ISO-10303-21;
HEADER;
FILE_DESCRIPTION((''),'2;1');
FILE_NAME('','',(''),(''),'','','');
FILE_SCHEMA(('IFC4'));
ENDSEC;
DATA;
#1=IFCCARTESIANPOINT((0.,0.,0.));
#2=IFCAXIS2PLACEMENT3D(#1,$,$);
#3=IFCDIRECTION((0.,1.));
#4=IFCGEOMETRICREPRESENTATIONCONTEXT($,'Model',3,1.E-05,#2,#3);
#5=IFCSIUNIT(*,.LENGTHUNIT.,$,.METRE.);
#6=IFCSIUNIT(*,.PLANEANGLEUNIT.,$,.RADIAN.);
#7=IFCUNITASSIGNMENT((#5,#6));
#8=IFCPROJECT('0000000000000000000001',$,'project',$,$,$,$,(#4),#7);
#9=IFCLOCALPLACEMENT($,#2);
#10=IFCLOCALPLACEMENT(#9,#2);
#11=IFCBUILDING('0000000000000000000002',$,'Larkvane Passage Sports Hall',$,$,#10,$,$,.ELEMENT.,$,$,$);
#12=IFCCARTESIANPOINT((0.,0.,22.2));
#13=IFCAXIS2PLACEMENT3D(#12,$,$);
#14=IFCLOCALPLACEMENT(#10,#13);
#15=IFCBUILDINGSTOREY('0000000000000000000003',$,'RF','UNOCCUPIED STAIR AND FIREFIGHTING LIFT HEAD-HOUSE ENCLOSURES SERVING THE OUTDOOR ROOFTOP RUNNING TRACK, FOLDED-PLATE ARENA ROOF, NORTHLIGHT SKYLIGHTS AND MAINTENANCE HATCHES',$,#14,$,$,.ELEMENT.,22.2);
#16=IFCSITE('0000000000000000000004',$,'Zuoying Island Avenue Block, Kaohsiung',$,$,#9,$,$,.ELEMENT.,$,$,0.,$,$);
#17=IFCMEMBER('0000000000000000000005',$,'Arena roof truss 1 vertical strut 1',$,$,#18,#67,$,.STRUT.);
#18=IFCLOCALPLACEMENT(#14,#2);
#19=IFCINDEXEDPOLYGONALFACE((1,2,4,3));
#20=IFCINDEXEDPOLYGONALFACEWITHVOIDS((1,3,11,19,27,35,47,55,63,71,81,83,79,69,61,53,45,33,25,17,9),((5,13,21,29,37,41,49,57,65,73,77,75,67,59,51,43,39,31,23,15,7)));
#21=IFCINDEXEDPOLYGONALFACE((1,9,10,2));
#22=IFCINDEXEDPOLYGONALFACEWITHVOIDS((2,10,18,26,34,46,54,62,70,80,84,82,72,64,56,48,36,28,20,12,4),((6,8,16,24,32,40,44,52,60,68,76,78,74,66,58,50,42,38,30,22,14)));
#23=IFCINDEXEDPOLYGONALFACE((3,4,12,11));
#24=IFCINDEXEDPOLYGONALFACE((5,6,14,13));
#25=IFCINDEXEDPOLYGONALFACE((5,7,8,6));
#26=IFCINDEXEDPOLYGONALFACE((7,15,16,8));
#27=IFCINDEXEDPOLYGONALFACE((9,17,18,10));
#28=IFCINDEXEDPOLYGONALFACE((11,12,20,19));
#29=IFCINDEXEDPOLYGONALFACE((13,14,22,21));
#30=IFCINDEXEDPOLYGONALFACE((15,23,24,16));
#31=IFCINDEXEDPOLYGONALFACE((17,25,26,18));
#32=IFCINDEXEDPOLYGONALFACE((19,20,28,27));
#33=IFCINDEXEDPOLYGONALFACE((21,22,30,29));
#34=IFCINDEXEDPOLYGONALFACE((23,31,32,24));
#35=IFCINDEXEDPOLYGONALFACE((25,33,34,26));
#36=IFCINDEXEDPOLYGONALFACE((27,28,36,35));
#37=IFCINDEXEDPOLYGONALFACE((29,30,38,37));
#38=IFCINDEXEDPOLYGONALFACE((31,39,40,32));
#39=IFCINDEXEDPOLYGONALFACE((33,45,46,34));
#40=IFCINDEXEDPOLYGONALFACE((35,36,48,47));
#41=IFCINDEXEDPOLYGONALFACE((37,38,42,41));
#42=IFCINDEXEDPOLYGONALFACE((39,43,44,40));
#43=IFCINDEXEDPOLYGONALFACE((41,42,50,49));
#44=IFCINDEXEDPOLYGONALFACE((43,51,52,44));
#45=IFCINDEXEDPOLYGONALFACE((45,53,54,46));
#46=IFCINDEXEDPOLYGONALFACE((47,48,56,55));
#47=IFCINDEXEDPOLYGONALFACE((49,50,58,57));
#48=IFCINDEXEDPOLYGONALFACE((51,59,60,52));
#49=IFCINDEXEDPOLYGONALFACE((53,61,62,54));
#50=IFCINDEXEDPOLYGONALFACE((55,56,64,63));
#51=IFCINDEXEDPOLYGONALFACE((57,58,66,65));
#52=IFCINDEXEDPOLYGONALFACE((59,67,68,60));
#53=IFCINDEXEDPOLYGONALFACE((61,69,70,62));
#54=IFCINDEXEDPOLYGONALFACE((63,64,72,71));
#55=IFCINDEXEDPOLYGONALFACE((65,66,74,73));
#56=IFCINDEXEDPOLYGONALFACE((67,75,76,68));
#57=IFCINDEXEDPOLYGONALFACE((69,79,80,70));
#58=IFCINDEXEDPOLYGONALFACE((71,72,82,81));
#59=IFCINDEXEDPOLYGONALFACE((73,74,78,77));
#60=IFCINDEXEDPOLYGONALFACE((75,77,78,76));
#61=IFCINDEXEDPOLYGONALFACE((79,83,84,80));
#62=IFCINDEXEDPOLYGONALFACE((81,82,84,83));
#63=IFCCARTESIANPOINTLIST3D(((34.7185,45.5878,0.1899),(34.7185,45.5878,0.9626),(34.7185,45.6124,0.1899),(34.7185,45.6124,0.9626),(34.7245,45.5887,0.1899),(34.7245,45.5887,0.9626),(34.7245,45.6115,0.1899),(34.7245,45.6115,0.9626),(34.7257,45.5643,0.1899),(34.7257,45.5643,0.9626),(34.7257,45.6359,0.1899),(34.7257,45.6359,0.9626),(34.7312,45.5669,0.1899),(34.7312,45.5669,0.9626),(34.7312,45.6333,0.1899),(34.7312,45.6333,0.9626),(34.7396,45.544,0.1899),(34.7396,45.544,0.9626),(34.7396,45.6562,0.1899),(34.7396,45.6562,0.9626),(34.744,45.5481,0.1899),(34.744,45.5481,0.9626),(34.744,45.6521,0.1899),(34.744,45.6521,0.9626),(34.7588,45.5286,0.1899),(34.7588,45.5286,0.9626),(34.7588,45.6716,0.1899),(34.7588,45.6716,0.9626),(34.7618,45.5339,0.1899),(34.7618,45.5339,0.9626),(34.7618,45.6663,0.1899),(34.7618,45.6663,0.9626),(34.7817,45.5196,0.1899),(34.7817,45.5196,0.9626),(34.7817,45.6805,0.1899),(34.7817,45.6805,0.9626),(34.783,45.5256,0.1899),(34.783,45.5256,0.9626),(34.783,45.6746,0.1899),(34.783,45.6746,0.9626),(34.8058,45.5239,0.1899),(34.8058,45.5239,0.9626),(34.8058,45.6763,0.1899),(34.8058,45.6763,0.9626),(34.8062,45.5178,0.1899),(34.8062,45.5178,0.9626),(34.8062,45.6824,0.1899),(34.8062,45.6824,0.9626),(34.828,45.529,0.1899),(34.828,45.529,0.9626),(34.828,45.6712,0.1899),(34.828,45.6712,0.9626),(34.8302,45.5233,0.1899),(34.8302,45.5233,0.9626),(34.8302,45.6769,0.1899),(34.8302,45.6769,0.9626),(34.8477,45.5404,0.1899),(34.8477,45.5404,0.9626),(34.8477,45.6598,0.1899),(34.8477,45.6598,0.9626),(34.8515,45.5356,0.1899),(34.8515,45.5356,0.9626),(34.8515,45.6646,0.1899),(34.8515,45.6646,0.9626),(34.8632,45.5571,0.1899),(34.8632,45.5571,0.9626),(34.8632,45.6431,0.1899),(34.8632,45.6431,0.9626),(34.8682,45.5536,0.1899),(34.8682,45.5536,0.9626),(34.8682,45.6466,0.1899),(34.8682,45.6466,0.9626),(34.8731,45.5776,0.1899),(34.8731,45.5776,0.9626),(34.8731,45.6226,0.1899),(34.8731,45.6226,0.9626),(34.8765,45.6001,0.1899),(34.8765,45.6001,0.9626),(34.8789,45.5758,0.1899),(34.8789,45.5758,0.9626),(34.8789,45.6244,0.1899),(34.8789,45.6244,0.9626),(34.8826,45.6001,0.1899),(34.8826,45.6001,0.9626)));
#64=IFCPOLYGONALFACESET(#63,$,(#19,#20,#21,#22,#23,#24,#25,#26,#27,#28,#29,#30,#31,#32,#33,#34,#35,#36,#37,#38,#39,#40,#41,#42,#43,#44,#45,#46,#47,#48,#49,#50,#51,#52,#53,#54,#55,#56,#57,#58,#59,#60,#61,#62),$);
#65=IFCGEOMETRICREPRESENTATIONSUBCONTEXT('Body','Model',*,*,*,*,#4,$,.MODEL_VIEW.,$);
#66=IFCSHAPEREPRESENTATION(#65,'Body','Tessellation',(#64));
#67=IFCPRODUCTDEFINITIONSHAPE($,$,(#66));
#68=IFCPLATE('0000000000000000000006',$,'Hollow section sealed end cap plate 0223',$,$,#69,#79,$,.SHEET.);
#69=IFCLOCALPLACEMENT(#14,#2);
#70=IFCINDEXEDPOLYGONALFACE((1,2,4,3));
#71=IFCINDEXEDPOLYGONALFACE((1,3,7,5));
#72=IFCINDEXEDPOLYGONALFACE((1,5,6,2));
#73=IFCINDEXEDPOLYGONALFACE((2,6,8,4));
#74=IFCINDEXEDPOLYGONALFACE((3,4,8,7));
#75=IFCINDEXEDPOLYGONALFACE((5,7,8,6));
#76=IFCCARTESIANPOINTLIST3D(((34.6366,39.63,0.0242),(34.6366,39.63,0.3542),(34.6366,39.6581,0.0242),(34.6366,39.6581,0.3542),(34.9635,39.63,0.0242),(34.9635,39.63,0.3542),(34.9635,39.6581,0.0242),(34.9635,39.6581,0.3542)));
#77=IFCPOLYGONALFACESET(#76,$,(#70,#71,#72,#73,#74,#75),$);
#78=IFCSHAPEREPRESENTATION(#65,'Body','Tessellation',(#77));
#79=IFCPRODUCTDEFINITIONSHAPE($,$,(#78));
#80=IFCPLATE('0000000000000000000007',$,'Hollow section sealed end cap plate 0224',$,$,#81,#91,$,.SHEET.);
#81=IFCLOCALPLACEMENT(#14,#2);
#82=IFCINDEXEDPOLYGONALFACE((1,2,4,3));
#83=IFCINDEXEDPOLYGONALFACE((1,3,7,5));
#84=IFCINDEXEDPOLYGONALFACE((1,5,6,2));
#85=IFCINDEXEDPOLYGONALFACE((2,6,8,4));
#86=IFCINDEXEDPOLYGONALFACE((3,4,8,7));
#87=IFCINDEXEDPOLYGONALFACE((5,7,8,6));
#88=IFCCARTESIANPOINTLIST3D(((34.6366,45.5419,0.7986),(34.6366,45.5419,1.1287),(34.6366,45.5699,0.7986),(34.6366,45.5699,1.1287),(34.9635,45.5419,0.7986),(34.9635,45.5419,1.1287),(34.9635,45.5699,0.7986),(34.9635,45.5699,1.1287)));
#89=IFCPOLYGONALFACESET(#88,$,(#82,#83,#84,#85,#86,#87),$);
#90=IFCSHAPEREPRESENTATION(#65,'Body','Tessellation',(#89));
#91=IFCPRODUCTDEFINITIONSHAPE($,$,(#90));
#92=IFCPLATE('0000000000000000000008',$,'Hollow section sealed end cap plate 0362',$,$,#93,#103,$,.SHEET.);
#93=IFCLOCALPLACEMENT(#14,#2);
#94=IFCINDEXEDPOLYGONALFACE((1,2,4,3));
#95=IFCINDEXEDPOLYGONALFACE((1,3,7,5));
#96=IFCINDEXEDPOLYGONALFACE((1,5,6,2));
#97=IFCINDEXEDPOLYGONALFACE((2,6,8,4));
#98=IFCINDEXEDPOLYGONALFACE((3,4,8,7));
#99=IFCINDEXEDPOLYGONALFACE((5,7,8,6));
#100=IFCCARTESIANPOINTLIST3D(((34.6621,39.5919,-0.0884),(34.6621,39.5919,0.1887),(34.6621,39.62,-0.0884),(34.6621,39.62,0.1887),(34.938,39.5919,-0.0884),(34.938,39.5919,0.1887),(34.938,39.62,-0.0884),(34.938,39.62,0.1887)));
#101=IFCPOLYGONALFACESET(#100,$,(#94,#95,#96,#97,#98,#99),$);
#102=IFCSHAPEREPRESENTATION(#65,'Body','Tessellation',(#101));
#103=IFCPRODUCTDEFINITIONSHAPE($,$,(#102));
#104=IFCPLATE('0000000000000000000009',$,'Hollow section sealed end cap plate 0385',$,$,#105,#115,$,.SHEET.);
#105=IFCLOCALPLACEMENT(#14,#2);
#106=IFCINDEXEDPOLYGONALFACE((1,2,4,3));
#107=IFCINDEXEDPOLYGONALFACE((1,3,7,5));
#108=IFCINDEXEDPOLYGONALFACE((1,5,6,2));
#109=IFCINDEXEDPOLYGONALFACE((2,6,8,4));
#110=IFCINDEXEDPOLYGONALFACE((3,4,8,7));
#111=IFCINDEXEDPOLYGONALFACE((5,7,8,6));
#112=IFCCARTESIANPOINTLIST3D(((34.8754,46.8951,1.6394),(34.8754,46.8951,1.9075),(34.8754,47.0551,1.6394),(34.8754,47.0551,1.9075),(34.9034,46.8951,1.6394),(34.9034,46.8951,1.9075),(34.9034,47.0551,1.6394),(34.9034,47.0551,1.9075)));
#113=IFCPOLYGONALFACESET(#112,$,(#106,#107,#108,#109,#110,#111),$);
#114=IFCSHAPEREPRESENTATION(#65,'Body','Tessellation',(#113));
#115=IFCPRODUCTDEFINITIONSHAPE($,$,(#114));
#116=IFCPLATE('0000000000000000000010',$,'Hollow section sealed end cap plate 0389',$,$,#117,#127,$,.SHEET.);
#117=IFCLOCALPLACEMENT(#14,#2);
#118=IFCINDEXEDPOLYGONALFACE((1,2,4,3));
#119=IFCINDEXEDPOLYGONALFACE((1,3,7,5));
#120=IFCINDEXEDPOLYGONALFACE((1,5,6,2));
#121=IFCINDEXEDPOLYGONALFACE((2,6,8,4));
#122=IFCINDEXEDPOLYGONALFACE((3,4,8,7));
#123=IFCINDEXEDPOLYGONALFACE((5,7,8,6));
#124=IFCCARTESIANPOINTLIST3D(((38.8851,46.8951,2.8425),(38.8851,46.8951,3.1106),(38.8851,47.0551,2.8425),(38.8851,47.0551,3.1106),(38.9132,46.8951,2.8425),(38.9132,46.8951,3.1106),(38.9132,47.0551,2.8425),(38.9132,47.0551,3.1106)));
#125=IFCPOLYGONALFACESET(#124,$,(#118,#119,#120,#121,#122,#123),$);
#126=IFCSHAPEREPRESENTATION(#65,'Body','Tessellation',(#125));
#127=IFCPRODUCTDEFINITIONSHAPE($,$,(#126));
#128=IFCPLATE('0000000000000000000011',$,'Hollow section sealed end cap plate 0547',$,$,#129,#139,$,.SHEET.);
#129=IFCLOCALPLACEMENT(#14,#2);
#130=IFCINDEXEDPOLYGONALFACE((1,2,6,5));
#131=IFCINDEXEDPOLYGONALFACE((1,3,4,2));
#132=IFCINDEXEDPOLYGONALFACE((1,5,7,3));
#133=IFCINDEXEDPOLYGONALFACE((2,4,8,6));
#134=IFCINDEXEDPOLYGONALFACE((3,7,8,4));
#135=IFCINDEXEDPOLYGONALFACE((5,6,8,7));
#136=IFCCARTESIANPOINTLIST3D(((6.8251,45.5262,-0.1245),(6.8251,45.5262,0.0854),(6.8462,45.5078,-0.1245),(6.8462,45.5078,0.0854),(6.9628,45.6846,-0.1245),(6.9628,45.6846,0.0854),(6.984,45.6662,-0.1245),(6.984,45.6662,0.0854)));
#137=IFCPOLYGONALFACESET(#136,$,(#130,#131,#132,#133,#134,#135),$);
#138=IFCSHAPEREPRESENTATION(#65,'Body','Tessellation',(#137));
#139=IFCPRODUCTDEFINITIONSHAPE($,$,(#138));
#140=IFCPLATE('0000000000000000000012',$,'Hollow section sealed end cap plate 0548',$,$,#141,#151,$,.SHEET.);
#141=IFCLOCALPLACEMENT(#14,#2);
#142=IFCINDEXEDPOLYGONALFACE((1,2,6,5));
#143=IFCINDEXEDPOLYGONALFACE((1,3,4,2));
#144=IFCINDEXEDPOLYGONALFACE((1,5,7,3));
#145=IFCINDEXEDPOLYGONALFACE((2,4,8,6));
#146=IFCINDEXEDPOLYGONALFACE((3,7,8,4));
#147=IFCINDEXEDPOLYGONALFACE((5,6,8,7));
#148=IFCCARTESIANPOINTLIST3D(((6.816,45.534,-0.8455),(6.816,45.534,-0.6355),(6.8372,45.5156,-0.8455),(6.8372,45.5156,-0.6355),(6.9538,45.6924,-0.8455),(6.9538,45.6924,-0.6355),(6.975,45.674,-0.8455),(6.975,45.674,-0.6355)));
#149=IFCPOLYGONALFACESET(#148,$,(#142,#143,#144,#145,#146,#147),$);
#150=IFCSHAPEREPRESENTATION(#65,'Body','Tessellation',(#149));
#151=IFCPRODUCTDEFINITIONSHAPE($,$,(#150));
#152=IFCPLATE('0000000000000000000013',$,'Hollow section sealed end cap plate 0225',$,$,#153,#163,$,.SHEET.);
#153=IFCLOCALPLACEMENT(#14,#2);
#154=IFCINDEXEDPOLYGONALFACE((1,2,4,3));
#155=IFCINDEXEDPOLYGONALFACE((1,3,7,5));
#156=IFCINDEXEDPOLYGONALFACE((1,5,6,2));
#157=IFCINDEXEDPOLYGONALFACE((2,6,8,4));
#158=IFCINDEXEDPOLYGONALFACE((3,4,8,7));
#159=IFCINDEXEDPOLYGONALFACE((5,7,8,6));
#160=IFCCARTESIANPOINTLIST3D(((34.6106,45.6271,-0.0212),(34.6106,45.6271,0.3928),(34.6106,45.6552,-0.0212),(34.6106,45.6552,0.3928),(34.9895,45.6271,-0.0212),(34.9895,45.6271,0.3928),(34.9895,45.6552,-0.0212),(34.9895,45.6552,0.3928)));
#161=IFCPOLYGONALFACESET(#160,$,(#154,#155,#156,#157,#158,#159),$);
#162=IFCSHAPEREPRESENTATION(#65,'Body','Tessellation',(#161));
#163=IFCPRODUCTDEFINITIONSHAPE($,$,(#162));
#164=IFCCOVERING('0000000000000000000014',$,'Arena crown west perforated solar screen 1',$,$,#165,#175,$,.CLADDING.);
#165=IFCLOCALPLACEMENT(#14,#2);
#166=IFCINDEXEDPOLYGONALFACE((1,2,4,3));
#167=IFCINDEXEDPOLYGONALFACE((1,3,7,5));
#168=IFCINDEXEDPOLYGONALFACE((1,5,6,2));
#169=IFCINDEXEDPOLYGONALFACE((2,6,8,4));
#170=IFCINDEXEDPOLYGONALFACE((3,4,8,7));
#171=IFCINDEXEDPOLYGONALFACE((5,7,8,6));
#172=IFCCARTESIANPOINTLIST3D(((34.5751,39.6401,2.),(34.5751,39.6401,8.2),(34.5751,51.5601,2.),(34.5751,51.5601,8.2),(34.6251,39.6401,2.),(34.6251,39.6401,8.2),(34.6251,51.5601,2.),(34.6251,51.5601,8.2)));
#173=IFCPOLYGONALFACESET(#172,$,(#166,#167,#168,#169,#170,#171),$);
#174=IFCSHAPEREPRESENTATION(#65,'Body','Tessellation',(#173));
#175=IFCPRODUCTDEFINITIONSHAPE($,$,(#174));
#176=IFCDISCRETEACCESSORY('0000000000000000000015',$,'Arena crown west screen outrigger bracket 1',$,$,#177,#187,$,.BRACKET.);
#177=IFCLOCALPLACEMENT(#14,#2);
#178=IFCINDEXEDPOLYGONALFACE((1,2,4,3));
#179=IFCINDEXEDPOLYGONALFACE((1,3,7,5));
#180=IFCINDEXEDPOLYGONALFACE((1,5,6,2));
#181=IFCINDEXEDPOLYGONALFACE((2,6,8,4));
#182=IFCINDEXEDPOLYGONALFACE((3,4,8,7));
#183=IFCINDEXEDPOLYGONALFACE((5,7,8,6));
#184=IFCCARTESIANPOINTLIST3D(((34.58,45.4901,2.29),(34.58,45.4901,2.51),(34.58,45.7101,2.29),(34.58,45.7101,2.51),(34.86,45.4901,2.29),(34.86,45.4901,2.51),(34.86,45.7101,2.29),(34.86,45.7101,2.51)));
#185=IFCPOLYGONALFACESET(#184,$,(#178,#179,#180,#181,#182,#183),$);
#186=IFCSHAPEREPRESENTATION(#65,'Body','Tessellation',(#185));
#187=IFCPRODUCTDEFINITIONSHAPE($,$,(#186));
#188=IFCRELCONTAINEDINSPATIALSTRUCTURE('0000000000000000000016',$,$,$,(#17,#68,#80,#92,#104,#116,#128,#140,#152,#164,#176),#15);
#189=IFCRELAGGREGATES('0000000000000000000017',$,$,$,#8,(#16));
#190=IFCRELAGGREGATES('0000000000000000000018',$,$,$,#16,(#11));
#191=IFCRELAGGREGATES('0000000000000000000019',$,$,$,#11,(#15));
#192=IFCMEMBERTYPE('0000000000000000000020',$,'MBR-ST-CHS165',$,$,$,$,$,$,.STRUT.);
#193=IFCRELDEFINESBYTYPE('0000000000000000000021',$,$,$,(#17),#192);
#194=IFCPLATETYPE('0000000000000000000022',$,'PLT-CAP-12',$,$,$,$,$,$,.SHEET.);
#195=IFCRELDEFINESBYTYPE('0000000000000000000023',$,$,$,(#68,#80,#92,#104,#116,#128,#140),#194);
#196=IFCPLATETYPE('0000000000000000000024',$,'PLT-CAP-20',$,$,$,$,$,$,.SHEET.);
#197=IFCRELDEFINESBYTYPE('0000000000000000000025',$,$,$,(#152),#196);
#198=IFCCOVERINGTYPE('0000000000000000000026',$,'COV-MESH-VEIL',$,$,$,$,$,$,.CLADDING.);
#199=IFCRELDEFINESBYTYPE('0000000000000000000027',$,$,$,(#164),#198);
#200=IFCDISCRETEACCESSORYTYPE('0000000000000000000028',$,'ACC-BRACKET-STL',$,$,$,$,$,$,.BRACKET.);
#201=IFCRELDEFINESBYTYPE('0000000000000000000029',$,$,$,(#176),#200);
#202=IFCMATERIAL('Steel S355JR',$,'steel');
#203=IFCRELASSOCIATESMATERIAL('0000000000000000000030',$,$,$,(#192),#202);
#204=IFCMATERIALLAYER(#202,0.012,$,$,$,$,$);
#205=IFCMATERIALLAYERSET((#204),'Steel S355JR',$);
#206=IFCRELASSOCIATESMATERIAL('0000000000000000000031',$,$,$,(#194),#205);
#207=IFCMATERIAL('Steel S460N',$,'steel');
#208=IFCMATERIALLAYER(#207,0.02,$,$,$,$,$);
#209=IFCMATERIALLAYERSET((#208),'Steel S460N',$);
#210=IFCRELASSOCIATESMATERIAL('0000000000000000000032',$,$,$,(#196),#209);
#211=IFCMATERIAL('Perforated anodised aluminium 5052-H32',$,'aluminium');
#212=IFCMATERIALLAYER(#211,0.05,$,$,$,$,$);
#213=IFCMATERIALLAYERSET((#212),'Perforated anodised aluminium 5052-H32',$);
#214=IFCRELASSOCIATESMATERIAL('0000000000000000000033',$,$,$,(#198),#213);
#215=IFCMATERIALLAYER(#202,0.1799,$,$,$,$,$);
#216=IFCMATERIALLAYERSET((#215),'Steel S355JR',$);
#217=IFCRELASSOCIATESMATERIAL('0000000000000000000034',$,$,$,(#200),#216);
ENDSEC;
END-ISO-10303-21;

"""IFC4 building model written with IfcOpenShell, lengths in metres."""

from ifc_helpers import new_model, si_unit, direction, frame, origin, origin_2d, place, context, subcontext, project, spatial, rectangle, hollow_circle, extrude, material, layer, layer_set, material_profile, profile_set, type_object, element, save


model = new_model("IFC4")

# Units and contexts
model_context = context("Model", 3, precision=1e-05, world=origin(), true_north=direction((0.0, 1.0)))
body_context = subcontext(model_context, "Body", "Model", "MODEL_VIEW")
ifc_project = project(units=[si_unit("LENGTHUNIT", "METRE"), si_unit("PLANEANGLEUNIT", "RADIAN")], contexts=[model_context])

# Site, building, storey
site_placement = place(None, origin())
site = spatial("IfcSite", under=ifc_project, at=site_placement, Name="Zuoying Island Avenue Block, Kaohsiung", CompositionType="ELEMENT", RefElevation=0.0)
building_placement = place(site_placement, origin())
building = spatial("IfcBuilding", under=site, at=building_placement, Name="Larkvane Passage Sports Hall", CompositionType="ELEMENT")
storey_placement = place(building_placement, frame((0.0, 0.0, 22.2)))
storey = spatial("IfcBuildingStorey", under=building, at=storey_placement, Name="RF", Description="UNOCCUPIED STAIR AND FIREFIGHTING LIFT HEAD-HOUSE ENCLOSURES SERVING THE OUTDOOR ROOFTOP RUNNING TRACK, FOLDED-PLATE ARENA ROOF, NORTHLIGHT SKYLIGHTS AND MAINTENANCE HATCHES", CompositionType="ELEMENT", Elevation=22.2)

# Member
ifc_material_1 = material(Name="Steel S355JR", Category="steel")
ifc_material_2 = material(Name="Steel S460N", Category="steel")
ifc_material_profile_1 = material_profile(ifc_material_1, hollow_circle(Radius=0.0825, WallThickness=0.0061, at=origin_2d()), Name="CHS-165.2x6.0")
ifc_profile_set_1 = profile_set([ifc_material_profile_1], Name="Steel S355JR")
member_type_1 = type_object("IfcMemberType", Name="MBR-ST-CHS165", PredefinedType="STRUT", material=ifc_profile_set_1)
member_1_placement = place(storey_placement, frame((34.8, 45.6001, 0.1899), z_axis=(0.0, 0.0, 1.0), x_axis=(1.0, 0.0, 0.0)))
element("IfcMember", 1, at=member_1_placement, inside=storey, type_object=member_type_1, Name="Arena roof truss 1 vertical strut 1", PredefinedType="STRUT", context=body_context, shape_type="SweptSolid", body=[
    extrude(hollow_circle(Radius=0.0825, WallThickness=0.0061, at=origin_2d()), origin(), (0.0, 0.0, 1.0), 0.7727),
])

# Plates
ifc_layer_1 = layer(ifc_material_1, 0.012)
ifc_layer_set_1 = layer_set([ifc_layer_1], Name="Steel S355JR")
plate_type_1 = type_object("IfcPlateType", Name="PLT-CAP-12", PredefinedType="SHEET", material=ifc_layer_set_1)
for number, where, z_axis, x_axis, name in (
    (2, (34.8, 39.644, 0.0242), (0.0, 0.0, 1.0), (-1.0, 0.0, 0.0), "Hollow section sealed end cap plate 0223"),
    (3, (34.8, 45.5559, 0.7986), (0.0, 0.0, 1.0), (-1.0, 0.0, 0.0), "Hollow section sealed end cap plate 0224"),
):
    element("IfcPlate", number, at=place(storey_placement, frame(where, z_axis=z_axis, x_axis=x_axis)), inside=storey, type_object=plate_type_1, Name=name, PredefinedType="SHEET", context=body_context, shape_type="SweptSolid", body=[
        extrude(rectangle(XDim=0.3269, YDim=0.0281, at=origin_2d()), origin(), (0.0, 0.0, 1.0), 0.3301),
    ])
plate_1_placement = place(storey_placement, frame((34.8, 39.606, -0.0884), z_axis=(0.0, 0.0, 1.0), x_axis=(-1.0, 0.0, 0.0)))
element("IfcPlate", 4, at=plate_1_placement, inside=storey, type_object=plate_type_1, Name="Hollow section sealed end cap plate 0362", PredefinedType="SHEET", context=body_context, shape_type="SweptSolid", body=[
    extrude(rectangle(XDim=0.2759, YDim=0.0281, at=origin_2d()), origin(), (0.0, 0.0, 1.0), 0.2771),
])
for number, where, z_axis, x_axis, name in (
    (5, (34.8894, 46.9751, 1.6394), (0.0, 0.0, 1.0), (0.0, 1.0, 0.0), "Hollow section sealed end cap plate 0385"),
    (6, (38.8992, 46.9751, 2.8425), (0.0, 0.0, 1.0), (0.0, 1.0, 0.0), "Hollow section sealed end cap plate 0389"),
):
    element("IfcPlate", number, at=place(storey_placement, frame(where, z_axis=z_axis, x_axis=x_axis)), inside=storey, type_object=plate_type_1, Name=name, PredefinedType="SHEET", context=body_context, shape_type="SweptSolid", body=[
        extrude(rectangle(XDim=0.1599, YDim=0.0281, at=origin_2d()), origin(), (0.0, 0.0, 1.0), 0.2681),
    ])
for number, where, z_axis, x_axis, name in (
    (7, (6.9045, 45.5962, -0.1245), (0.0, 0.0, 1.0), (0.656191, 0.754595, 0.0), "Hollow section sealed end cap plate 0547"),
    (8, (6.8955, 45.604, -0.8455), (0.0, 0.0, 1.0), (0.656191, 0.754595, 0.0), "Hollow section sealed end cap plate 0548"),
):
    element("IfcPlate", number, at=place(storey_placement, frame(where, z_axis=z_axis, x_axis=x_axis)), inside=storey, type_object=plate_type_1, Name=name, PredefinedType="SHEET", context=body_context, shape_type="SweptSolid", body=[
        extrude(rectangle(XDim=0.21, YDim=0.0281, at=origin_2d()), origin(), (0.0, 0.0, 1.0), 0.21),
    ])
ifc_layer_2 = layer(ifc_material_2, 0.02)
ifc_layer_set_2 = layer_set([ifc_layer_2], Name="Steel S460N")
plate_type_2 = type_object("IfcPlateType", Name="PLT-CAP-20", PredefinedType="SHEET", material=ifc_layer_set_2)
plate_2_placement = place(storey_placement, frame((34.8, 45.6411, -0.0212), z_axis=(0.0, 0.0, 1.0), x_axis=(-1.0, 0.0, 0.0)))
element("IfcPlate", 9, at=plate_2_placement, inside=storey, type_object=plate_type_2, Name="Hollow section sealed end cap plate 0225", PredefinedType="SHEET", context=body_context, shape_type="SweptSolid", body=[
    extrude(rectangle(XDim=0.3789, YDim=0.0281, at=origin_2d()), origin(), (0.0, 0.0, 1.0), 0.4141),
])

# Covering
ifc_material_3 = material(Name="Perforated anodised aluminium 5052-H32", Category="aluminium")
ifc_layer_3 = layer(ifc_material_3, 0.05)
ifc_layer_set_3 = layer_set([ifc_layer_3], Name="Perforated anodised aluminium 5052-H32")
covering_type = type_object("IfcCoveringType", Name="COV-MESH-VEIL", PredefinedType="CLADDING", material=ifc_layer_set_3)
covering_placement = place(storey_placement, frame((34.6001, 45.6001, 2.0), z_axis=(0.0, 0.0, 1.0), x_axis=(0.0, 1.0, 0.0)))
element("IfcCovering", 10, at=covering_placement, inside=storey, type_object=covering_type, Name="Arena crown west perforated solar screen 1", PredefinedType="CLADDING", context=body_context, shape_type="SweptSolid", body=[
    extrude(rectangle(XDim=11.9199, YDim=0.05, at=origin_2d()), origin(), (0.0, 0.0, 1.0), 6.2),
])

# Discrete accessory
ifc_layer_4 = layer(ifc_material_1, 0.1799)
ifc_layer_set_4 = layer_set([ifc_layer_4], Name="Steel S355JR")
discrete_accessory_type = type_object("IfcDiscreteAccessoryType", Name="ACC-BRACKET-STL", PredefinedType="BRACKET", material=ifc_layer_set_4)
discrete_accessory_placement = place(storey_placement, frame((34.72, 45.6001, 2.29), z_axis=(0.0, 0.0, 1.0), x_axis=(0.0, 1.0, 0.0)))
element("IfcDiscreteAccessory", 11, at=discrete_accessory_placement, inside=storey, type_object=discrete_accessory_type, Name="Arena crown west screen outrigger bracket 1", PredefinedType="BRACKET", context=body_context, shape_type="SweptSolid", body=[
    extrude(rectangle(XDim=0.22, YDim=0.28, at=origin_2d()), origin(), (0.0, 0.0, 1.0), 0.22),
])

save(model, "model.ifc")
